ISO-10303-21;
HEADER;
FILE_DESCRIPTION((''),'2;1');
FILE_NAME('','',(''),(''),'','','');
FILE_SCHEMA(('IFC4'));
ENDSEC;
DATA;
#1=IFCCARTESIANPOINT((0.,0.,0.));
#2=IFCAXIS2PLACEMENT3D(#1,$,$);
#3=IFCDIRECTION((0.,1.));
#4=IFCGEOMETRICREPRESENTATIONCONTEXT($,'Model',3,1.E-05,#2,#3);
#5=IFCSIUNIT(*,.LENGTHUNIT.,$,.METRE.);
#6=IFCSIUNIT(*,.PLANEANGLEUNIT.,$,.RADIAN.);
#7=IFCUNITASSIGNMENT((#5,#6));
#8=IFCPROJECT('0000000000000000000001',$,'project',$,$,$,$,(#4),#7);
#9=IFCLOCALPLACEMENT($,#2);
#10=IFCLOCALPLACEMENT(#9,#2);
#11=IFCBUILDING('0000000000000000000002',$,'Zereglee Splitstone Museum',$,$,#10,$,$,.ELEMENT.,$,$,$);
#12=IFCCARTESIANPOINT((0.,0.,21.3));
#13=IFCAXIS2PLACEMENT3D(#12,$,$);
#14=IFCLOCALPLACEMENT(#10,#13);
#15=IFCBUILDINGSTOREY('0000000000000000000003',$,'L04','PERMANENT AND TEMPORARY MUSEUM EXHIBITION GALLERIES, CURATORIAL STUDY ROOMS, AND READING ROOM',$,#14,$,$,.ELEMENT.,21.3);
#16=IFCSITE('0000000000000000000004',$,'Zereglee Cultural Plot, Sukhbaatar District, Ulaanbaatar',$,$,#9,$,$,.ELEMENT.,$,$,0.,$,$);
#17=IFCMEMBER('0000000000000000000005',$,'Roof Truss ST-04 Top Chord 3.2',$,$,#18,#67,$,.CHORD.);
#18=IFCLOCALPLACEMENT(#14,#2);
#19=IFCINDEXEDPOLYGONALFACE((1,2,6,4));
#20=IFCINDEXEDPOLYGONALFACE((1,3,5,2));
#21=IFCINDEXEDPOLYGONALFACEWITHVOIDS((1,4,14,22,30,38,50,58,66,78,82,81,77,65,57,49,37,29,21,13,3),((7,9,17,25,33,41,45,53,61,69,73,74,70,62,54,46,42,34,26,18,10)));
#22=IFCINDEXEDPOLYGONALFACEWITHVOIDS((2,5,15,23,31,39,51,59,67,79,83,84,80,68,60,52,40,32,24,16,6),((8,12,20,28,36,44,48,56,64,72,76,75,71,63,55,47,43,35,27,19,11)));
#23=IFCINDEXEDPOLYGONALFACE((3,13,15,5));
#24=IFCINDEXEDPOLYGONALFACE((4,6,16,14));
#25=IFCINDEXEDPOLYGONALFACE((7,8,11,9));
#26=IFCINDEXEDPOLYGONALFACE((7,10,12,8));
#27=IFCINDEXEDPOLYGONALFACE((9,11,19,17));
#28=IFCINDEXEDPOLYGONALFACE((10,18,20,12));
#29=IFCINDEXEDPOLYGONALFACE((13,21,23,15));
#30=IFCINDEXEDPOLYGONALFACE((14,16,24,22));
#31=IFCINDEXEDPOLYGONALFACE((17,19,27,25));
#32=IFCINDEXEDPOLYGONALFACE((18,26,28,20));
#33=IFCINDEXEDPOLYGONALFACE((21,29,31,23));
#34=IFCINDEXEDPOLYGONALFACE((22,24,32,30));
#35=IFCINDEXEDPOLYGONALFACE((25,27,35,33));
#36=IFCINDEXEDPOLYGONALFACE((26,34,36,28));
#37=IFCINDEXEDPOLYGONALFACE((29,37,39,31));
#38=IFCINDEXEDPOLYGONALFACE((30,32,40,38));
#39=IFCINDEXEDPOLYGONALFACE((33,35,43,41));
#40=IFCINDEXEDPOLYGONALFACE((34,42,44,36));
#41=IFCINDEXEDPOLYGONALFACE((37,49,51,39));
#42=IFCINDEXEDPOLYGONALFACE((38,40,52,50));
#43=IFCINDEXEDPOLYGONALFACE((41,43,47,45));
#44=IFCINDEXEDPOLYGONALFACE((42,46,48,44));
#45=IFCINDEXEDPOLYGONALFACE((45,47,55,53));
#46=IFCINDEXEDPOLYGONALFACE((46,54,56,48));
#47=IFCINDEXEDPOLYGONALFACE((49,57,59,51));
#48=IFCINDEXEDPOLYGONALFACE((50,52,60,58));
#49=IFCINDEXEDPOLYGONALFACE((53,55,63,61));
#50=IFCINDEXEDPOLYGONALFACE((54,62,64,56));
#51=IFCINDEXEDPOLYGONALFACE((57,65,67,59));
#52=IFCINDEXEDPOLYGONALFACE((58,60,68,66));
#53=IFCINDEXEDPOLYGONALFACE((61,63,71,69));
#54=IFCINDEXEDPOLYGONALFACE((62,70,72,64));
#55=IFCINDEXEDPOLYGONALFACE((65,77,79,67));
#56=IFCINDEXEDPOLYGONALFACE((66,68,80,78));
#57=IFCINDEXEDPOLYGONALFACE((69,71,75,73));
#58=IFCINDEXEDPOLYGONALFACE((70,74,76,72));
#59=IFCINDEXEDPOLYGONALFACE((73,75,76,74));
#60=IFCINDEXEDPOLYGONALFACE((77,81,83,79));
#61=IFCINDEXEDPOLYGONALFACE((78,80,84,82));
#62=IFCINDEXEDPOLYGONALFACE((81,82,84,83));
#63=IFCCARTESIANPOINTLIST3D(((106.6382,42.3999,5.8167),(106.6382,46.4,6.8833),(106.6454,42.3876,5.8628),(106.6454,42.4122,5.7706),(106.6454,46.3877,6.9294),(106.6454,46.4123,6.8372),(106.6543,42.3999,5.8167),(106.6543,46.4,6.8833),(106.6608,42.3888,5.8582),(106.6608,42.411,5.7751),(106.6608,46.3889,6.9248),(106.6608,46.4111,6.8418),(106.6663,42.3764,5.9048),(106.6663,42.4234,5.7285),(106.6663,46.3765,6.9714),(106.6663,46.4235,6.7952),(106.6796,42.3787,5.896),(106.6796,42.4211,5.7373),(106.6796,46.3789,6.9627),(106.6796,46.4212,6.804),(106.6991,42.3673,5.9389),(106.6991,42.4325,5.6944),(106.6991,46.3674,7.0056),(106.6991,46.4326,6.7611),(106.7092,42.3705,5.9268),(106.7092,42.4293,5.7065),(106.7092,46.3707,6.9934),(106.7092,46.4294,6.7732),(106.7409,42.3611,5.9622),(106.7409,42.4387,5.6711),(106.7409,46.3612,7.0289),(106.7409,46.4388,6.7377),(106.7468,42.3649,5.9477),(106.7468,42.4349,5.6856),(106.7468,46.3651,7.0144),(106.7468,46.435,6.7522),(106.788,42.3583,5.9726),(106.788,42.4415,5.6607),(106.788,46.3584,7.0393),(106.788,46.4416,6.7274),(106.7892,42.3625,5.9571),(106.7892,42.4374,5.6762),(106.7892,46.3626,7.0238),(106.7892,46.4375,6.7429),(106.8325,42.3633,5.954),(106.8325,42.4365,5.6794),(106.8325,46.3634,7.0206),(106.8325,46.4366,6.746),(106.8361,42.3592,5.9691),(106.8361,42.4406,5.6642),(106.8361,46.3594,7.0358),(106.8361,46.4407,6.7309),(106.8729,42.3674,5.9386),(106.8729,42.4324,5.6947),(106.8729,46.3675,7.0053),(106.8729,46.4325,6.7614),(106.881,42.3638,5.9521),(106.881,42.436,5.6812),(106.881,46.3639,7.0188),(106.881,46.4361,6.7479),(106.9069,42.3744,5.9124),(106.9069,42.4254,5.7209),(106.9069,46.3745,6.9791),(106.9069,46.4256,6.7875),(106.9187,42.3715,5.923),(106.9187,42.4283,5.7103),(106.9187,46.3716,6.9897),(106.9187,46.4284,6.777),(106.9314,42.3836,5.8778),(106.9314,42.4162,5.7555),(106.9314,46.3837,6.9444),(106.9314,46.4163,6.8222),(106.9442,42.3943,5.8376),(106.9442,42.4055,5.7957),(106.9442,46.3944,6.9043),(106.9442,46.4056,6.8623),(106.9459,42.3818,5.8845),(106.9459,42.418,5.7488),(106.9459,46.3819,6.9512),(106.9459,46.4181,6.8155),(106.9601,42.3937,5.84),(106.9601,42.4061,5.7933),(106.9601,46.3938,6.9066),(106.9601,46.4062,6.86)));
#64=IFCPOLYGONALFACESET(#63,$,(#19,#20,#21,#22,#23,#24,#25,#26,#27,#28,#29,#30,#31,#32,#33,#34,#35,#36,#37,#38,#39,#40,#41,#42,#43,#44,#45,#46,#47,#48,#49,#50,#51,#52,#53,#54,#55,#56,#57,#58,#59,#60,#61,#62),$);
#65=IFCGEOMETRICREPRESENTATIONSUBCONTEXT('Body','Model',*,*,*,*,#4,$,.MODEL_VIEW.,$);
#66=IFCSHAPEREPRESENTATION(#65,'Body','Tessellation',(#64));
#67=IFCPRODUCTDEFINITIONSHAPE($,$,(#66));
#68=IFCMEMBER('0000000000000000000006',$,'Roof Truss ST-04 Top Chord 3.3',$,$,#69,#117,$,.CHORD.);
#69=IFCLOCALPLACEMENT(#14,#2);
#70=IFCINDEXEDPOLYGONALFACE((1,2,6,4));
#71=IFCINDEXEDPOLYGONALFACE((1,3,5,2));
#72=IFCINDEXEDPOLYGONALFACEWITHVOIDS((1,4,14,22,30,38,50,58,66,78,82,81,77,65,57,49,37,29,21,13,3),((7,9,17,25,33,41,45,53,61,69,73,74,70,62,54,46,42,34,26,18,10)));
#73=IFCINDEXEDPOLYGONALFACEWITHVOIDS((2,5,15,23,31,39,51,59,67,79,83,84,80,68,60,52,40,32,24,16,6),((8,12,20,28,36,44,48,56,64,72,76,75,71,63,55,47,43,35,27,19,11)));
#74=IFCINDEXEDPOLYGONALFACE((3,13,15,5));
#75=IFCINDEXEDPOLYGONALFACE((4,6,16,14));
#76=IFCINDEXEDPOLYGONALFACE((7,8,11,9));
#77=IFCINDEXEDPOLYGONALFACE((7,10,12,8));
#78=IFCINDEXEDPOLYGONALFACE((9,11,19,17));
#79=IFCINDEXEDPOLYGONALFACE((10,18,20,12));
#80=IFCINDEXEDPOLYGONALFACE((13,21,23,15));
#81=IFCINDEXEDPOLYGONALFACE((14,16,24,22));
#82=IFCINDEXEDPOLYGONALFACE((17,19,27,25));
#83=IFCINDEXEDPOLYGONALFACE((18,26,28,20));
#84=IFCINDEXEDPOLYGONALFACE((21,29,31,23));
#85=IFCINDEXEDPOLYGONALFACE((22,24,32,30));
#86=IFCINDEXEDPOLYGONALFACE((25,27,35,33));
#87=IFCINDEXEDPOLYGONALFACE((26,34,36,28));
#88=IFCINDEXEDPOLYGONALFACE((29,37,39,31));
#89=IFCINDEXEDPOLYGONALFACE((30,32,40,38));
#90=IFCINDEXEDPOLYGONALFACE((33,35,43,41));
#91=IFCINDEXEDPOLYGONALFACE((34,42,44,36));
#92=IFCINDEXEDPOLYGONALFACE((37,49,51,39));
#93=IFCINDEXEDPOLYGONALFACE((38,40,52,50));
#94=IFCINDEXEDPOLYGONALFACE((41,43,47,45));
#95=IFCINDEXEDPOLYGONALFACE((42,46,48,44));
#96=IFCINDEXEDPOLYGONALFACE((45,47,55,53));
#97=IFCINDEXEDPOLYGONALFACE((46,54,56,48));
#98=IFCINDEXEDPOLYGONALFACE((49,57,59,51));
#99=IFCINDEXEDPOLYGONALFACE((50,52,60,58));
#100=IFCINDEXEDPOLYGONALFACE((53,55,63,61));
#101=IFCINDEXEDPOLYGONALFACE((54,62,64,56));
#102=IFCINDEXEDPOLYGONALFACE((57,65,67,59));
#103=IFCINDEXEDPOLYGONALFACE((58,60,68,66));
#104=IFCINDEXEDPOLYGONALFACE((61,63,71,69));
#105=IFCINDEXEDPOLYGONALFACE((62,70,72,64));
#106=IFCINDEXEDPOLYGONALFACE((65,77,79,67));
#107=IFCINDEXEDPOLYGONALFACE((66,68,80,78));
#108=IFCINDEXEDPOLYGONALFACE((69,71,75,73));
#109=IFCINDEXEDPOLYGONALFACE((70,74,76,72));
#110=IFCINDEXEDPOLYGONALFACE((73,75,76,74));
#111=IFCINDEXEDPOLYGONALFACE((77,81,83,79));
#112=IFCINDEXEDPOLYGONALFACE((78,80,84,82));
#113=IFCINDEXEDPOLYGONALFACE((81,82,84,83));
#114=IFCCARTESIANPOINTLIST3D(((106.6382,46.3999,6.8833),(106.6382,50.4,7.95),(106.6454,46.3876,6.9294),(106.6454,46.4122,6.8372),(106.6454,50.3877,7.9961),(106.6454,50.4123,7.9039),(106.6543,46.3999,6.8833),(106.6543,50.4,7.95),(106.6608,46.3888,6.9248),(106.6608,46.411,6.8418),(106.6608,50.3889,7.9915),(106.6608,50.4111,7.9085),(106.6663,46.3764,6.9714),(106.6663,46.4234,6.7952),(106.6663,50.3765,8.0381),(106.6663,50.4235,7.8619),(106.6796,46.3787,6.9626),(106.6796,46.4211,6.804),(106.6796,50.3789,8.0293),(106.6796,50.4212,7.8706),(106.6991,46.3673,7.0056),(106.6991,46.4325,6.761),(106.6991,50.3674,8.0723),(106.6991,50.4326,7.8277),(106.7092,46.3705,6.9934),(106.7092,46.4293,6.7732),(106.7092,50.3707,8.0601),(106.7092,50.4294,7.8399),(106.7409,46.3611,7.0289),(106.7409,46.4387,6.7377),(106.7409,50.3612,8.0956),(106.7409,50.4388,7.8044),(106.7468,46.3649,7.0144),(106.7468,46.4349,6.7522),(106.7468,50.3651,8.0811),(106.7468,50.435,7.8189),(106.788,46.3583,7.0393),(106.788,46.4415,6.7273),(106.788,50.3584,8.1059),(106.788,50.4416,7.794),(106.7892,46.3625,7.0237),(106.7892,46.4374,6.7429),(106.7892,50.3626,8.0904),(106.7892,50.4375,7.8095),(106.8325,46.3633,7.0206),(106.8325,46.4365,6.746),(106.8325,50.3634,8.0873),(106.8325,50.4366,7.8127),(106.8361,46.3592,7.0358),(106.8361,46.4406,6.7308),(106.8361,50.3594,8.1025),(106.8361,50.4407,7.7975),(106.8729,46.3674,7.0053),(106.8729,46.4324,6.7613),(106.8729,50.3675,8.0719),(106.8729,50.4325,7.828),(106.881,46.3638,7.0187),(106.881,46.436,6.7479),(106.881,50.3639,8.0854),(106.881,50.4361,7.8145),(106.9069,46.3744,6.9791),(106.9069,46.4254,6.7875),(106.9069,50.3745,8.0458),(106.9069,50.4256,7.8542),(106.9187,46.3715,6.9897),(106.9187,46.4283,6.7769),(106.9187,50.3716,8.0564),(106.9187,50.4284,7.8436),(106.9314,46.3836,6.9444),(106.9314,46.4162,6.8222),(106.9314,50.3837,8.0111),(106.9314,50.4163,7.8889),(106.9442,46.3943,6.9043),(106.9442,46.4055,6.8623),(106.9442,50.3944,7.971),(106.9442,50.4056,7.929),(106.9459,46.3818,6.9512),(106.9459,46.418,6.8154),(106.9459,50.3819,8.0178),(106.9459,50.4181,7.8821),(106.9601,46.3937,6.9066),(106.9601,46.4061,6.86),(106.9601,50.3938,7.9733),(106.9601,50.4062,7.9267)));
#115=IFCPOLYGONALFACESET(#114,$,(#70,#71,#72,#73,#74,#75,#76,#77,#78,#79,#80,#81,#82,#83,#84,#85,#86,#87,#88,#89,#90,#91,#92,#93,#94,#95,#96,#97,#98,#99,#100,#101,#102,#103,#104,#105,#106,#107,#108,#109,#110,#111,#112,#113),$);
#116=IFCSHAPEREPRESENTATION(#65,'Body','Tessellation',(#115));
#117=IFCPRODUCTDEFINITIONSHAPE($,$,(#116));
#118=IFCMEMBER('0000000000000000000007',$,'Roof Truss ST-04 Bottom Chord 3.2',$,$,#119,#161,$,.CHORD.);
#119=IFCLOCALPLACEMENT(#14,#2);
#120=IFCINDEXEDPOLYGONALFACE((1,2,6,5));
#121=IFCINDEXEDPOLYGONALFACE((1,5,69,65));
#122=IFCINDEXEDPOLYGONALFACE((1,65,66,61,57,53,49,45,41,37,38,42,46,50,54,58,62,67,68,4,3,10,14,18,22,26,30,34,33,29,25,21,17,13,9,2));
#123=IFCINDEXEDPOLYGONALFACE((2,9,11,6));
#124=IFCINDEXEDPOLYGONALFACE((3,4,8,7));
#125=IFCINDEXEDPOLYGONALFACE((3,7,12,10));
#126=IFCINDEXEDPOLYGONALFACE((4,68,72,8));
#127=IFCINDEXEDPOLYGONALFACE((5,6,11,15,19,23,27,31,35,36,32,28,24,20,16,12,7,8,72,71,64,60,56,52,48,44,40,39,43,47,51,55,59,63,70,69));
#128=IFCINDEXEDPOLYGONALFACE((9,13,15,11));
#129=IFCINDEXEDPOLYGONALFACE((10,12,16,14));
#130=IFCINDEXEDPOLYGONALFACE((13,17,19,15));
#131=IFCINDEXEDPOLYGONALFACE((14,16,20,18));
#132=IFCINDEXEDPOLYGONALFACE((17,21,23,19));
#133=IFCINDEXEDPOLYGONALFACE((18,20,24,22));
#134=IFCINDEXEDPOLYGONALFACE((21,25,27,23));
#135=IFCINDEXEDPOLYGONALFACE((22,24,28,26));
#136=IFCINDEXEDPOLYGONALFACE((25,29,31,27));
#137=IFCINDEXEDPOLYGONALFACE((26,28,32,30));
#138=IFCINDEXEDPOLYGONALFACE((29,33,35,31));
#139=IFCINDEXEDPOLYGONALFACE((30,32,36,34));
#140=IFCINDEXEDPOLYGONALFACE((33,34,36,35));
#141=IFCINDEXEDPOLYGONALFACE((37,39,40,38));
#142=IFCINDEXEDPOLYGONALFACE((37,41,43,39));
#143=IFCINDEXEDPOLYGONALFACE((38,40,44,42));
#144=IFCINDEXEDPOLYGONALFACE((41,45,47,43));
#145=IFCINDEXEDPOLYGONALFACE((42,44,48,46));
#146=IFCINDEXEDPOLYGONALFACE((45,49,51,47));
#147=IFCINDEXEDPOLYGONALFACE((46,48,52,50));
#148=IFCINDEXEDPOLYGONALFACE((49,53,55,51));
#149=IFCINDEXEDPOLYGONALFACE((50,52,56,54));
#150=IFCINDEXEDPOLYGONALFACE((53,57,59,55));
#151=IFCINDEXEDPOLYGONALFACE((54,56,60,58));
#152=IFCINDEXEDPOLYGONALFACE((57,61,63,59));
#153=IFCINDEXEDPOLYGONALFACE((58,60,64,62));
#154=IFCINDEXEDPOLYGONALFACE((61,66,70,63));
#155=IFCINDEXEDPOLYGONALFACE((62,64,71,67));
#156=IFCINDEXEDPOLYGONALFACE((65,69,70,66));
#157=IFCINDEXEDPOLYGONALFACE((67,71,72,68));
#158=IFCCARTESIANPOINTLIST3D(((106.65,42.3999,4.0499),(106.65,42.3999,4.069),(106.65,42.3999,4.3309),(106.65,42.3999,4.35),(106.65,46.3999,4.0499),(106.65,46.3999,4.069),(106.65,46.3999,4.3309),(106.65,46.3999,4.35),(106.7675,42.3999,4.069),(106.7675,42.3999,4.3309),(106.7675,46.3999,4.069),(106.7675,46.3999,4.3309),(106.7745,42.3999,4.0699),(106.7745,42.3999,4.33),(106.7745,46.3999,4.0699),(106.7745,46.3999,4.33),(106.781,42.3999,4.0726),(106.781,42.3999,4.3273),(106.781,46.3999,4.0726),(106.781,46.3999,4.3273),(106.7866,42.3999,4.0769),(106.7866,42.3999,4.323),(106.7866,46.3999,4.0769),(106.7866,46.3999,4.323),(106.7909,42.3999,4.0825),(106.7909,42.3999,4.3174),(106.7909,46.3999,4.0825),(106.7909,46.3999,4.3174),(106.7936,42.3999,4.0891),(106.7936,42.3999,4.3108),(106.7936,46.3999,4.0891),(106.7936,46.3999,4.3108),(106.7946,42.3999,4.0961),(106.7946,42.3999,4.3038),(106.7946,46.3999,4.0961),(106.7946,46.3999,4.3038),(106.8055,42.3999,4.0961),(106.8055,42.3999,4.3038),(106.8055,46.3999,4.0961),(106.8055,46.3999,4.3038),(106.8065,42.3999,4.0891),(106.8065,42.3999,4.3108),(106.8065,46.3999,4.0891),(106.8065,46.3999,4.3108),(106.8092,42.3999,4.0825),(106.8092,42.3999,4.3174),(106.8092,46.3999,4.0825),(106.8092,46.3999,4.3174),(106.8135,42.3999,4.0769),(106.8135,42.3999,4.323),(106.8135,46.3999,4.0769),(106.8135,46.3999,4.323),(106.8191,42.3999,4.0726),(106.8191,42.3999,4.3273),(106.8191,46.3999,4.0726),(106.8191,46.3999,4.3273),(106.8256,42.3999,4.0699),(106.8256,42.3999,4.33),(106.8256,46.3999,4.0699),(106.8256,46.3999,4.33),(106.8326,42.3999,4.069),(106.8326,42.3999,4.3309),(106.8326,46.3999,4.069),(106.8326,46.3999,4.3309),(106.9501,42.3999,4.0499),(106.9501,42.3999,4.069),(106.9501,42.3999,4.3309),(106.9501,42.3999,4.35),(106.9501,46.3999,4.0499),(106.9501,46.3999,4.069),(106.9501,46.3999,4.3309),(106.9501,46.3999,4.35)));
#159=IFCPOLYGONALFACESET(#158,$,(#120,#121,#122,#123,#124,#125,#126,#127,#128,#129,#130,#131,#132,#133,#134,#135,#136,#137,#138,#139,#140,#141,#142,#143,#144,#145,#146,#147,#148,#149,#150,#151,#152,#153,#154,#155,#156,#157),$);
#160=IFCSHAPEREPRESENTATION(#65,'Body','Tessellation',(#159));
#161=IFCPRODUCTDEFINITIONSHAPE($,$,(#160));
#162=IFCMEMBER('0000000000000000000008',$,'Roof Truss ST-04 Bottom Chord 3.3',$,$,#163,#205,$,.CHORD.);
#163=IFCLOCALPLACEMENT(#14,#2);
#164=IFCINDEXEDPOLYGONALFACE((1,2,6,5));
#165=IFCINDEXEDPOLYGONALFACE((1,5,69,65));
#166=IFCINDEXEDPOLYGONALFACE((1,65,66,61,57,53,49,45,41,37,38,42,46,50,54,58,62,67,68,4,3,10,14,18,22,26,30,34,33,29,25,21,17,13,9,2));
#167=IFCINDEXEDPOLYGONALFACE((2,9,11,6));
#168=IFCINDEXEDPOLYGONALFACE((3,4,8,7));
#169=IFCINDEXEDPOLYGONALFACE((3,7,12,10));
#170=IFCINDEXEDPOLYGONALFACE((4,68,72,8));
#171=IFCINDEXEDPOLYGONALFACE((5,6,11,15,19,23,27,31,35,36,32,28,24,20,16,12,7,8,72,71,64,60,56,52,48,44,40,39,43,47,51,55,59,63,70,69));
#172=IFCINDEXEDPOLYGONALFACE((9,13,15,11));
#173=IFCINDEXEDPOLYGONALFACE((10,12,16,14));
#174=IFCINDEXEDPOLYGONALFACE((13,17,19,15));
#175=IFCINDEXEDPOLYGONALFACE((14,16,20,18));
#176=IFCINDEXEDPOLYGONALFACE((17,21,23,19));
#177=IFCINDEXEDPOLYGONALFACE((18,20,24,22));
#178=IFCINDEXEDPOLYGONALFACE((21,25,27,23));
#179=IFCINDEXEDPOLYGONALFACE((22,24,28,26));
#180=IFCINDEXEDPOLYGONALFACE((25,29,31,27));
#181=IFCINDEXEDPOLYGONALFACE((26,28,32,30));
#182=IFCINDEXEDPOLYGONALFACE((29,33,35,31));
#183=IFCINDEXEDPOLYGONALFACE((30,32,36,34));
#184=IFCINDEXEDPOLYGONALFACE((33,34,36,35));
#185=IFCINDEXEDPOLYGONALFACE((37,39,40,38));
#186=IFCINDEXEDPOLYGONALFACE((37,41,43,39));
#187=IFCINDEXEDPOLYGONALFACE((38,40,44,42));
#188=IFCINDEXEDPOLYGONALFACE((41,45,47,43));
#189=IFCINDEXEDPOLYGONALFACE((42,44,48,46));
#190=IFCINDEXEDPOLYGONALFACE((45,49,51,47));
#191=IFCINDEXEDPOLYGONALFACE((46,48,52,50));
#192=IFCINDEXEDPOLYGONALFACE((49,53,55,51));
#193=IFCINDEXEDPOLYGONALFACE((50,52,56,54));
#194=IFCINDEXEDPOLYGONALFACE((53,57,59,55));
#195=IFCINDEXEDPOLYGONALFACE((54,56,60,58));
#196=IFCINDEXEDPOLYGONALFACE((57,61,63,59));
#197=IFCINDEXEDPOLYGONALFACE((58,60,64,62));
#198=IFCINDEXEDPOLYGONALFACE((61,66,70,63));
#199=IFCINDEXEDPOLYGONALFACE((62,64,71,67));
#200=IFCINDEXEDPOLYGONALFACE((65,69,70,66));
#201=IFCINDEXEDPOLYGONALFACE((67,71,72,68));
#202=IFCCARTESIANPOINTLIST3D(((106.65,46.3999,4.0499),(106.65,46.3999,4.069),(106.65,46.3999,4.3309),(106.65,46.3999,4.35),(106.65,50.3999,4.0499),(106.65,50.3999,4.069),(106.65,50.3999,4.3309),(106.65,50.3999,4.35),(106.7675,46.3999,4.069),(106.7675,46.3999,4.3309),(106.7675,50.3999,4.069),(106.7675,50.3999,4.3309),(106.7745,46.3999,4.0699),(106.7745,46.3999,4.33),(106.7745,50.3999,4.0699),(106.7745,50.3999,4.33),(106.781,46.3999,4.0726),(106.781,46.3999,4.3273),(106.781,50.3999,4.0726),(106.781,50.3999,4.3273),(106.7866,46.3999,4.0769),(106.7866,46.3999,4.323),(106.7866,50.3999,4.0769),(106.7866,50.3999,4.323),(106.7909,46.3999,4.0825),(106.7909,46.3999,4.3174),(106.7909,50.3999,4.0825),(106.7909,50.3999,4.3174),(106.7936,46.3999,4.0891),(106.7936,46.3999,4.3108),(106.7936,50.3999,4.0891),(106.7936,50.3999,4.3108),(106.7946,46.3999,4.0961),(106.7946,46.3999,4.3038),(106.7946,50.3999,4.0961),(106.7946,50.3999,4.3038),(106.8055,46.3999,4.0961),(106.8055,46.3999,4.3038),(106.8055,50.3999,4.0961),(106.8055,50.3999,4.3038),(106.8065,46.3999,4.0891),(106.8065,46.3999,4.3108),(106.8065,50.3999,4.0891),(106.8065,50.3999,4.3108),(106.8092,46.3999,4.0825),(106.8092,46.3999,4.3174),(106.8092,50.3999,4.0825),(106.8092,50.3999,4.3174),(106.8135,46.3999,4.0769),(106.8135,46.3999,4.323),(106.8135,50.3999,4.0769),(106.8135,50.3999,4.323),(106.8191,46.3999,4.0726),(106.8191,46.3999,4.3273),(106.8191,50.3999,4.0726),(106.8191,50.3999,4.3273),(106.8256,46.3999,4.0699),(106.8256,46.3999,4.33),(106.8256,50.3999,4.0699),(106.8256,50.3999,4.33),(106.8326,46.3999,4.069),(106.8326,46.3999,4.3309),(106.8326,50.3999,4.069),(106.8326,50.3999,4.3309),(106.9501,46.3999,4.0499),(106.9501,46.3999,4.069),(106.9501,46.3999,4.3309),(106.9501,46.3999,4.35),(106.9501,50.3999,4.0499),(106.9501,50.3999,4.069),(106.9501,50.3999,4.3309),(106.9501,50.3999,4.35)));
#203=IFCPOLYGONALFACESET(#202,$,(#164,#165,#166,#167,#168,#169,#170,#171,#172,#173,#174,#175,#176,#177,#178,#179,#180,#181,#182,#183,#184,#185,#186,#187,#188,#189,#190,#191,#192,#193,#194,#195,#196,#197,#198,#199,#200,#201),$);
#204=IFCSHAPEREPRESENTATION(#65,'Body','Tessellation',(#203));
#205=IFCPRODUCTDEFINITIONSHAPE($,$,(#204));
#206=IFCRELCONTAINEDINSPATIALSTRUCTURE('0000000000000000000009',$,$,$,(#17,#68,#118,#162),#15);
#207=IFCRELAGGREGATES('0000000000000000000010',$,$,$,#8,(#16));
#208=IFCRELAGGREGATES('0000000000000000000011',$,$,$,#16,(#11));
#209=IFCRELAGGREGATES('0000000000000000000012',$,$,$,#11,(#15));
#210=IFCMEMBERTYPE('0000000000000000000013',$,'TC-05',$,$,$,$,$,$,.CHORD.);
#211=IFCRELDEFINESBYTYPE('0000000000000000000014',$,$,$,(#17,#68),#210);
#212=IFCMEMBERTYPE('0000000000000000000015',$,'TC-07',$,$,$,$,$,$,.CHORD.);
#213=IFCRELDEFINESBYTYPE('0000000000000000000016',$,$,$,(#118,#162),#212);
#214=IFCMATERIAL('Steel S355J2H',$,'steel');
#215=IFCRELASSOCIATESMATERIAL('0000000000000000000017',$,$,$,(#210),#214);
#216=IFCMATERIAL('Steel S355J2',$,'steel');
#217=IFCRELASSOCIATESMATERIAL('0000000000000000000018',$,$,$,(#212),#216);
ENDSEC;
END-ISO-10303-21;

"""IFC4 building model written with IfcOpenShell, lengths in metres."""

from ifc_helpers import new_model, si_unit, direction, frame, origin, origin_2d, place, context, subcontext, project, spatial, hollow_circle, i_section, extrude, material, material_profile, profile_set, type_object, element, save


model = new_model("IFC4")

# Units and contexts
model_context = context("Model", 3, precision=1e-05, world=origin(), true_north=direction((0.0, 1.0)))
body_context = subcontext(model_context, "Body", "Model", "MODEL_VIEW")
ifc_project = project(units=[si_unit("LENGTHUNIT", "METRE"), si_unit("PLANEANGLEUNIT", "RADIAN")], contexts=[model_context])

# Site, building, storey
site_placement = place(None, origin())
site = spatial("IfcSite", under=ifc_project, at=site_placement, Name="Zereglee Cultural Plot, Sukhbaatar District, Ulaanbaatar", CompositionType="ELEMENT", RefElevation=0.0)
building_placement = place(site_placement, origin())
building = spatial("IfcBuilding", under=site, at=building_placement, Name="Zereglee Splitstone Museum", CompositionType="ELEMENT")
storey_placement = place(building_placement, frame((0.0, 0.0, 21.3)))
storey = spatial("IfcBuildingStorey", under=building, at=storey_placement, Name="L04", Description="PERMANENT AND TEMPORARY MUSEUM EXHIBITION GALLERIES, CURATORIAL STUDY ROOMS, AND READING ROOM", CompositionType="ELEMENT", Elevation=21.3)

# Shared definitions
ifc_material_1 = material(Name="Steel S355J2", Category="steel")

# Members
ifc_material_2 = material(Name="Steel S355J2H", Category="steel")
ifc_material_profile_1 = material_profile(ifc_material_2, hollow_circle(Radius=0.1619, WallThickness=0.0161, at=origin_2d()), Name="CHS 323.9x16")
ifc_profile_set_1 = profile_set([ifc_material_profile_1], Name="Steel S355J2H")
member_type_1 = type_object("IfcMemberType", Name="TC-05", PredefinedType="CHORD", material=ifc_profile_set_1)
for number, where, z_axis, x_axis, name in (
    (1, (106.8, 42.3999, 5.8167), (0.0, 0.966236, 0.257659), (-1.0, 0.0, 0.0), "Roof Truss ST-04 Top Chord 3.2"),
    (2, (106.8, 46.3999, 6.8833), (0.0, 0.966236, 0.257659), (-1.0, 0.0, 0.0), "Roof Truss ST-04 Top Chord 3.3"),
):
    element("IfcMember", number, at=place(storey_placement, frame(where, z_axis=z_axis, x_axis=x_axis)), inside=storey, type_object=member_type_1, Name=name, PredefinedType="CHORD", context=body_context, shape_type="SweptSolid", body=[
        extrude(hollow_circle(Radius=0.1619, WallThickness=0.0161, at=origin_2d()), origin(), (0.0, 0.0, 1.0), 4.1399),
    ])
ifc_material_profile_2 = material_profile(ifc_material_1, i_section(OverallWidth=0.3, OverallDepth=0.3, WebThickness=0.011, FlangeThickness=0.019, FilletRadius=0.0271, at=origin_2d()), Name="HE 300 B")
ifc_profile_set_2 = profile_set([ifc_material_profile_2], Name="Steel S355J2")
member_type_2 = type_object("IfcMemberType", Name="TC-07", PredefinedType="CHORD", material=ifc_profile_set_2)
for number, where, z_axis, x_axis, name in (
    (3, (106.8, 42.3999, 4.2), (0.0, 1.0, 0.0), (-1.0, 0.0, 0.0), "Roof Truss ST-04 Bottom Chord 3.2"),
    (4, (106.8, 46.3999, 4.2), (0.0, 1.0, 0.0), (-1.0, 0.0, 0.0), "Roof Truss ST-04 Bottom Chord 3.3"),
):
    element("IfcMember", number, at=place(storey_placement, frame(where, z_axis=z_axis, x_axis=x_axis)), inside=storey, type_object=member_type_2, Name=name, PredefinedType="CHORD", context=body_context, shape_type="SweptSolid", body=[
        extrude(i_section(OverallWidth=0.3, OverallDepth=0.3, WebThickness=0.011, FlangeThickness=0.019, FilletRadius=0.0271, at=origin_2d()), origin(), (0.0, 0.0, 1.0), 4.0),
    ])

save(model, "model.ifc")
